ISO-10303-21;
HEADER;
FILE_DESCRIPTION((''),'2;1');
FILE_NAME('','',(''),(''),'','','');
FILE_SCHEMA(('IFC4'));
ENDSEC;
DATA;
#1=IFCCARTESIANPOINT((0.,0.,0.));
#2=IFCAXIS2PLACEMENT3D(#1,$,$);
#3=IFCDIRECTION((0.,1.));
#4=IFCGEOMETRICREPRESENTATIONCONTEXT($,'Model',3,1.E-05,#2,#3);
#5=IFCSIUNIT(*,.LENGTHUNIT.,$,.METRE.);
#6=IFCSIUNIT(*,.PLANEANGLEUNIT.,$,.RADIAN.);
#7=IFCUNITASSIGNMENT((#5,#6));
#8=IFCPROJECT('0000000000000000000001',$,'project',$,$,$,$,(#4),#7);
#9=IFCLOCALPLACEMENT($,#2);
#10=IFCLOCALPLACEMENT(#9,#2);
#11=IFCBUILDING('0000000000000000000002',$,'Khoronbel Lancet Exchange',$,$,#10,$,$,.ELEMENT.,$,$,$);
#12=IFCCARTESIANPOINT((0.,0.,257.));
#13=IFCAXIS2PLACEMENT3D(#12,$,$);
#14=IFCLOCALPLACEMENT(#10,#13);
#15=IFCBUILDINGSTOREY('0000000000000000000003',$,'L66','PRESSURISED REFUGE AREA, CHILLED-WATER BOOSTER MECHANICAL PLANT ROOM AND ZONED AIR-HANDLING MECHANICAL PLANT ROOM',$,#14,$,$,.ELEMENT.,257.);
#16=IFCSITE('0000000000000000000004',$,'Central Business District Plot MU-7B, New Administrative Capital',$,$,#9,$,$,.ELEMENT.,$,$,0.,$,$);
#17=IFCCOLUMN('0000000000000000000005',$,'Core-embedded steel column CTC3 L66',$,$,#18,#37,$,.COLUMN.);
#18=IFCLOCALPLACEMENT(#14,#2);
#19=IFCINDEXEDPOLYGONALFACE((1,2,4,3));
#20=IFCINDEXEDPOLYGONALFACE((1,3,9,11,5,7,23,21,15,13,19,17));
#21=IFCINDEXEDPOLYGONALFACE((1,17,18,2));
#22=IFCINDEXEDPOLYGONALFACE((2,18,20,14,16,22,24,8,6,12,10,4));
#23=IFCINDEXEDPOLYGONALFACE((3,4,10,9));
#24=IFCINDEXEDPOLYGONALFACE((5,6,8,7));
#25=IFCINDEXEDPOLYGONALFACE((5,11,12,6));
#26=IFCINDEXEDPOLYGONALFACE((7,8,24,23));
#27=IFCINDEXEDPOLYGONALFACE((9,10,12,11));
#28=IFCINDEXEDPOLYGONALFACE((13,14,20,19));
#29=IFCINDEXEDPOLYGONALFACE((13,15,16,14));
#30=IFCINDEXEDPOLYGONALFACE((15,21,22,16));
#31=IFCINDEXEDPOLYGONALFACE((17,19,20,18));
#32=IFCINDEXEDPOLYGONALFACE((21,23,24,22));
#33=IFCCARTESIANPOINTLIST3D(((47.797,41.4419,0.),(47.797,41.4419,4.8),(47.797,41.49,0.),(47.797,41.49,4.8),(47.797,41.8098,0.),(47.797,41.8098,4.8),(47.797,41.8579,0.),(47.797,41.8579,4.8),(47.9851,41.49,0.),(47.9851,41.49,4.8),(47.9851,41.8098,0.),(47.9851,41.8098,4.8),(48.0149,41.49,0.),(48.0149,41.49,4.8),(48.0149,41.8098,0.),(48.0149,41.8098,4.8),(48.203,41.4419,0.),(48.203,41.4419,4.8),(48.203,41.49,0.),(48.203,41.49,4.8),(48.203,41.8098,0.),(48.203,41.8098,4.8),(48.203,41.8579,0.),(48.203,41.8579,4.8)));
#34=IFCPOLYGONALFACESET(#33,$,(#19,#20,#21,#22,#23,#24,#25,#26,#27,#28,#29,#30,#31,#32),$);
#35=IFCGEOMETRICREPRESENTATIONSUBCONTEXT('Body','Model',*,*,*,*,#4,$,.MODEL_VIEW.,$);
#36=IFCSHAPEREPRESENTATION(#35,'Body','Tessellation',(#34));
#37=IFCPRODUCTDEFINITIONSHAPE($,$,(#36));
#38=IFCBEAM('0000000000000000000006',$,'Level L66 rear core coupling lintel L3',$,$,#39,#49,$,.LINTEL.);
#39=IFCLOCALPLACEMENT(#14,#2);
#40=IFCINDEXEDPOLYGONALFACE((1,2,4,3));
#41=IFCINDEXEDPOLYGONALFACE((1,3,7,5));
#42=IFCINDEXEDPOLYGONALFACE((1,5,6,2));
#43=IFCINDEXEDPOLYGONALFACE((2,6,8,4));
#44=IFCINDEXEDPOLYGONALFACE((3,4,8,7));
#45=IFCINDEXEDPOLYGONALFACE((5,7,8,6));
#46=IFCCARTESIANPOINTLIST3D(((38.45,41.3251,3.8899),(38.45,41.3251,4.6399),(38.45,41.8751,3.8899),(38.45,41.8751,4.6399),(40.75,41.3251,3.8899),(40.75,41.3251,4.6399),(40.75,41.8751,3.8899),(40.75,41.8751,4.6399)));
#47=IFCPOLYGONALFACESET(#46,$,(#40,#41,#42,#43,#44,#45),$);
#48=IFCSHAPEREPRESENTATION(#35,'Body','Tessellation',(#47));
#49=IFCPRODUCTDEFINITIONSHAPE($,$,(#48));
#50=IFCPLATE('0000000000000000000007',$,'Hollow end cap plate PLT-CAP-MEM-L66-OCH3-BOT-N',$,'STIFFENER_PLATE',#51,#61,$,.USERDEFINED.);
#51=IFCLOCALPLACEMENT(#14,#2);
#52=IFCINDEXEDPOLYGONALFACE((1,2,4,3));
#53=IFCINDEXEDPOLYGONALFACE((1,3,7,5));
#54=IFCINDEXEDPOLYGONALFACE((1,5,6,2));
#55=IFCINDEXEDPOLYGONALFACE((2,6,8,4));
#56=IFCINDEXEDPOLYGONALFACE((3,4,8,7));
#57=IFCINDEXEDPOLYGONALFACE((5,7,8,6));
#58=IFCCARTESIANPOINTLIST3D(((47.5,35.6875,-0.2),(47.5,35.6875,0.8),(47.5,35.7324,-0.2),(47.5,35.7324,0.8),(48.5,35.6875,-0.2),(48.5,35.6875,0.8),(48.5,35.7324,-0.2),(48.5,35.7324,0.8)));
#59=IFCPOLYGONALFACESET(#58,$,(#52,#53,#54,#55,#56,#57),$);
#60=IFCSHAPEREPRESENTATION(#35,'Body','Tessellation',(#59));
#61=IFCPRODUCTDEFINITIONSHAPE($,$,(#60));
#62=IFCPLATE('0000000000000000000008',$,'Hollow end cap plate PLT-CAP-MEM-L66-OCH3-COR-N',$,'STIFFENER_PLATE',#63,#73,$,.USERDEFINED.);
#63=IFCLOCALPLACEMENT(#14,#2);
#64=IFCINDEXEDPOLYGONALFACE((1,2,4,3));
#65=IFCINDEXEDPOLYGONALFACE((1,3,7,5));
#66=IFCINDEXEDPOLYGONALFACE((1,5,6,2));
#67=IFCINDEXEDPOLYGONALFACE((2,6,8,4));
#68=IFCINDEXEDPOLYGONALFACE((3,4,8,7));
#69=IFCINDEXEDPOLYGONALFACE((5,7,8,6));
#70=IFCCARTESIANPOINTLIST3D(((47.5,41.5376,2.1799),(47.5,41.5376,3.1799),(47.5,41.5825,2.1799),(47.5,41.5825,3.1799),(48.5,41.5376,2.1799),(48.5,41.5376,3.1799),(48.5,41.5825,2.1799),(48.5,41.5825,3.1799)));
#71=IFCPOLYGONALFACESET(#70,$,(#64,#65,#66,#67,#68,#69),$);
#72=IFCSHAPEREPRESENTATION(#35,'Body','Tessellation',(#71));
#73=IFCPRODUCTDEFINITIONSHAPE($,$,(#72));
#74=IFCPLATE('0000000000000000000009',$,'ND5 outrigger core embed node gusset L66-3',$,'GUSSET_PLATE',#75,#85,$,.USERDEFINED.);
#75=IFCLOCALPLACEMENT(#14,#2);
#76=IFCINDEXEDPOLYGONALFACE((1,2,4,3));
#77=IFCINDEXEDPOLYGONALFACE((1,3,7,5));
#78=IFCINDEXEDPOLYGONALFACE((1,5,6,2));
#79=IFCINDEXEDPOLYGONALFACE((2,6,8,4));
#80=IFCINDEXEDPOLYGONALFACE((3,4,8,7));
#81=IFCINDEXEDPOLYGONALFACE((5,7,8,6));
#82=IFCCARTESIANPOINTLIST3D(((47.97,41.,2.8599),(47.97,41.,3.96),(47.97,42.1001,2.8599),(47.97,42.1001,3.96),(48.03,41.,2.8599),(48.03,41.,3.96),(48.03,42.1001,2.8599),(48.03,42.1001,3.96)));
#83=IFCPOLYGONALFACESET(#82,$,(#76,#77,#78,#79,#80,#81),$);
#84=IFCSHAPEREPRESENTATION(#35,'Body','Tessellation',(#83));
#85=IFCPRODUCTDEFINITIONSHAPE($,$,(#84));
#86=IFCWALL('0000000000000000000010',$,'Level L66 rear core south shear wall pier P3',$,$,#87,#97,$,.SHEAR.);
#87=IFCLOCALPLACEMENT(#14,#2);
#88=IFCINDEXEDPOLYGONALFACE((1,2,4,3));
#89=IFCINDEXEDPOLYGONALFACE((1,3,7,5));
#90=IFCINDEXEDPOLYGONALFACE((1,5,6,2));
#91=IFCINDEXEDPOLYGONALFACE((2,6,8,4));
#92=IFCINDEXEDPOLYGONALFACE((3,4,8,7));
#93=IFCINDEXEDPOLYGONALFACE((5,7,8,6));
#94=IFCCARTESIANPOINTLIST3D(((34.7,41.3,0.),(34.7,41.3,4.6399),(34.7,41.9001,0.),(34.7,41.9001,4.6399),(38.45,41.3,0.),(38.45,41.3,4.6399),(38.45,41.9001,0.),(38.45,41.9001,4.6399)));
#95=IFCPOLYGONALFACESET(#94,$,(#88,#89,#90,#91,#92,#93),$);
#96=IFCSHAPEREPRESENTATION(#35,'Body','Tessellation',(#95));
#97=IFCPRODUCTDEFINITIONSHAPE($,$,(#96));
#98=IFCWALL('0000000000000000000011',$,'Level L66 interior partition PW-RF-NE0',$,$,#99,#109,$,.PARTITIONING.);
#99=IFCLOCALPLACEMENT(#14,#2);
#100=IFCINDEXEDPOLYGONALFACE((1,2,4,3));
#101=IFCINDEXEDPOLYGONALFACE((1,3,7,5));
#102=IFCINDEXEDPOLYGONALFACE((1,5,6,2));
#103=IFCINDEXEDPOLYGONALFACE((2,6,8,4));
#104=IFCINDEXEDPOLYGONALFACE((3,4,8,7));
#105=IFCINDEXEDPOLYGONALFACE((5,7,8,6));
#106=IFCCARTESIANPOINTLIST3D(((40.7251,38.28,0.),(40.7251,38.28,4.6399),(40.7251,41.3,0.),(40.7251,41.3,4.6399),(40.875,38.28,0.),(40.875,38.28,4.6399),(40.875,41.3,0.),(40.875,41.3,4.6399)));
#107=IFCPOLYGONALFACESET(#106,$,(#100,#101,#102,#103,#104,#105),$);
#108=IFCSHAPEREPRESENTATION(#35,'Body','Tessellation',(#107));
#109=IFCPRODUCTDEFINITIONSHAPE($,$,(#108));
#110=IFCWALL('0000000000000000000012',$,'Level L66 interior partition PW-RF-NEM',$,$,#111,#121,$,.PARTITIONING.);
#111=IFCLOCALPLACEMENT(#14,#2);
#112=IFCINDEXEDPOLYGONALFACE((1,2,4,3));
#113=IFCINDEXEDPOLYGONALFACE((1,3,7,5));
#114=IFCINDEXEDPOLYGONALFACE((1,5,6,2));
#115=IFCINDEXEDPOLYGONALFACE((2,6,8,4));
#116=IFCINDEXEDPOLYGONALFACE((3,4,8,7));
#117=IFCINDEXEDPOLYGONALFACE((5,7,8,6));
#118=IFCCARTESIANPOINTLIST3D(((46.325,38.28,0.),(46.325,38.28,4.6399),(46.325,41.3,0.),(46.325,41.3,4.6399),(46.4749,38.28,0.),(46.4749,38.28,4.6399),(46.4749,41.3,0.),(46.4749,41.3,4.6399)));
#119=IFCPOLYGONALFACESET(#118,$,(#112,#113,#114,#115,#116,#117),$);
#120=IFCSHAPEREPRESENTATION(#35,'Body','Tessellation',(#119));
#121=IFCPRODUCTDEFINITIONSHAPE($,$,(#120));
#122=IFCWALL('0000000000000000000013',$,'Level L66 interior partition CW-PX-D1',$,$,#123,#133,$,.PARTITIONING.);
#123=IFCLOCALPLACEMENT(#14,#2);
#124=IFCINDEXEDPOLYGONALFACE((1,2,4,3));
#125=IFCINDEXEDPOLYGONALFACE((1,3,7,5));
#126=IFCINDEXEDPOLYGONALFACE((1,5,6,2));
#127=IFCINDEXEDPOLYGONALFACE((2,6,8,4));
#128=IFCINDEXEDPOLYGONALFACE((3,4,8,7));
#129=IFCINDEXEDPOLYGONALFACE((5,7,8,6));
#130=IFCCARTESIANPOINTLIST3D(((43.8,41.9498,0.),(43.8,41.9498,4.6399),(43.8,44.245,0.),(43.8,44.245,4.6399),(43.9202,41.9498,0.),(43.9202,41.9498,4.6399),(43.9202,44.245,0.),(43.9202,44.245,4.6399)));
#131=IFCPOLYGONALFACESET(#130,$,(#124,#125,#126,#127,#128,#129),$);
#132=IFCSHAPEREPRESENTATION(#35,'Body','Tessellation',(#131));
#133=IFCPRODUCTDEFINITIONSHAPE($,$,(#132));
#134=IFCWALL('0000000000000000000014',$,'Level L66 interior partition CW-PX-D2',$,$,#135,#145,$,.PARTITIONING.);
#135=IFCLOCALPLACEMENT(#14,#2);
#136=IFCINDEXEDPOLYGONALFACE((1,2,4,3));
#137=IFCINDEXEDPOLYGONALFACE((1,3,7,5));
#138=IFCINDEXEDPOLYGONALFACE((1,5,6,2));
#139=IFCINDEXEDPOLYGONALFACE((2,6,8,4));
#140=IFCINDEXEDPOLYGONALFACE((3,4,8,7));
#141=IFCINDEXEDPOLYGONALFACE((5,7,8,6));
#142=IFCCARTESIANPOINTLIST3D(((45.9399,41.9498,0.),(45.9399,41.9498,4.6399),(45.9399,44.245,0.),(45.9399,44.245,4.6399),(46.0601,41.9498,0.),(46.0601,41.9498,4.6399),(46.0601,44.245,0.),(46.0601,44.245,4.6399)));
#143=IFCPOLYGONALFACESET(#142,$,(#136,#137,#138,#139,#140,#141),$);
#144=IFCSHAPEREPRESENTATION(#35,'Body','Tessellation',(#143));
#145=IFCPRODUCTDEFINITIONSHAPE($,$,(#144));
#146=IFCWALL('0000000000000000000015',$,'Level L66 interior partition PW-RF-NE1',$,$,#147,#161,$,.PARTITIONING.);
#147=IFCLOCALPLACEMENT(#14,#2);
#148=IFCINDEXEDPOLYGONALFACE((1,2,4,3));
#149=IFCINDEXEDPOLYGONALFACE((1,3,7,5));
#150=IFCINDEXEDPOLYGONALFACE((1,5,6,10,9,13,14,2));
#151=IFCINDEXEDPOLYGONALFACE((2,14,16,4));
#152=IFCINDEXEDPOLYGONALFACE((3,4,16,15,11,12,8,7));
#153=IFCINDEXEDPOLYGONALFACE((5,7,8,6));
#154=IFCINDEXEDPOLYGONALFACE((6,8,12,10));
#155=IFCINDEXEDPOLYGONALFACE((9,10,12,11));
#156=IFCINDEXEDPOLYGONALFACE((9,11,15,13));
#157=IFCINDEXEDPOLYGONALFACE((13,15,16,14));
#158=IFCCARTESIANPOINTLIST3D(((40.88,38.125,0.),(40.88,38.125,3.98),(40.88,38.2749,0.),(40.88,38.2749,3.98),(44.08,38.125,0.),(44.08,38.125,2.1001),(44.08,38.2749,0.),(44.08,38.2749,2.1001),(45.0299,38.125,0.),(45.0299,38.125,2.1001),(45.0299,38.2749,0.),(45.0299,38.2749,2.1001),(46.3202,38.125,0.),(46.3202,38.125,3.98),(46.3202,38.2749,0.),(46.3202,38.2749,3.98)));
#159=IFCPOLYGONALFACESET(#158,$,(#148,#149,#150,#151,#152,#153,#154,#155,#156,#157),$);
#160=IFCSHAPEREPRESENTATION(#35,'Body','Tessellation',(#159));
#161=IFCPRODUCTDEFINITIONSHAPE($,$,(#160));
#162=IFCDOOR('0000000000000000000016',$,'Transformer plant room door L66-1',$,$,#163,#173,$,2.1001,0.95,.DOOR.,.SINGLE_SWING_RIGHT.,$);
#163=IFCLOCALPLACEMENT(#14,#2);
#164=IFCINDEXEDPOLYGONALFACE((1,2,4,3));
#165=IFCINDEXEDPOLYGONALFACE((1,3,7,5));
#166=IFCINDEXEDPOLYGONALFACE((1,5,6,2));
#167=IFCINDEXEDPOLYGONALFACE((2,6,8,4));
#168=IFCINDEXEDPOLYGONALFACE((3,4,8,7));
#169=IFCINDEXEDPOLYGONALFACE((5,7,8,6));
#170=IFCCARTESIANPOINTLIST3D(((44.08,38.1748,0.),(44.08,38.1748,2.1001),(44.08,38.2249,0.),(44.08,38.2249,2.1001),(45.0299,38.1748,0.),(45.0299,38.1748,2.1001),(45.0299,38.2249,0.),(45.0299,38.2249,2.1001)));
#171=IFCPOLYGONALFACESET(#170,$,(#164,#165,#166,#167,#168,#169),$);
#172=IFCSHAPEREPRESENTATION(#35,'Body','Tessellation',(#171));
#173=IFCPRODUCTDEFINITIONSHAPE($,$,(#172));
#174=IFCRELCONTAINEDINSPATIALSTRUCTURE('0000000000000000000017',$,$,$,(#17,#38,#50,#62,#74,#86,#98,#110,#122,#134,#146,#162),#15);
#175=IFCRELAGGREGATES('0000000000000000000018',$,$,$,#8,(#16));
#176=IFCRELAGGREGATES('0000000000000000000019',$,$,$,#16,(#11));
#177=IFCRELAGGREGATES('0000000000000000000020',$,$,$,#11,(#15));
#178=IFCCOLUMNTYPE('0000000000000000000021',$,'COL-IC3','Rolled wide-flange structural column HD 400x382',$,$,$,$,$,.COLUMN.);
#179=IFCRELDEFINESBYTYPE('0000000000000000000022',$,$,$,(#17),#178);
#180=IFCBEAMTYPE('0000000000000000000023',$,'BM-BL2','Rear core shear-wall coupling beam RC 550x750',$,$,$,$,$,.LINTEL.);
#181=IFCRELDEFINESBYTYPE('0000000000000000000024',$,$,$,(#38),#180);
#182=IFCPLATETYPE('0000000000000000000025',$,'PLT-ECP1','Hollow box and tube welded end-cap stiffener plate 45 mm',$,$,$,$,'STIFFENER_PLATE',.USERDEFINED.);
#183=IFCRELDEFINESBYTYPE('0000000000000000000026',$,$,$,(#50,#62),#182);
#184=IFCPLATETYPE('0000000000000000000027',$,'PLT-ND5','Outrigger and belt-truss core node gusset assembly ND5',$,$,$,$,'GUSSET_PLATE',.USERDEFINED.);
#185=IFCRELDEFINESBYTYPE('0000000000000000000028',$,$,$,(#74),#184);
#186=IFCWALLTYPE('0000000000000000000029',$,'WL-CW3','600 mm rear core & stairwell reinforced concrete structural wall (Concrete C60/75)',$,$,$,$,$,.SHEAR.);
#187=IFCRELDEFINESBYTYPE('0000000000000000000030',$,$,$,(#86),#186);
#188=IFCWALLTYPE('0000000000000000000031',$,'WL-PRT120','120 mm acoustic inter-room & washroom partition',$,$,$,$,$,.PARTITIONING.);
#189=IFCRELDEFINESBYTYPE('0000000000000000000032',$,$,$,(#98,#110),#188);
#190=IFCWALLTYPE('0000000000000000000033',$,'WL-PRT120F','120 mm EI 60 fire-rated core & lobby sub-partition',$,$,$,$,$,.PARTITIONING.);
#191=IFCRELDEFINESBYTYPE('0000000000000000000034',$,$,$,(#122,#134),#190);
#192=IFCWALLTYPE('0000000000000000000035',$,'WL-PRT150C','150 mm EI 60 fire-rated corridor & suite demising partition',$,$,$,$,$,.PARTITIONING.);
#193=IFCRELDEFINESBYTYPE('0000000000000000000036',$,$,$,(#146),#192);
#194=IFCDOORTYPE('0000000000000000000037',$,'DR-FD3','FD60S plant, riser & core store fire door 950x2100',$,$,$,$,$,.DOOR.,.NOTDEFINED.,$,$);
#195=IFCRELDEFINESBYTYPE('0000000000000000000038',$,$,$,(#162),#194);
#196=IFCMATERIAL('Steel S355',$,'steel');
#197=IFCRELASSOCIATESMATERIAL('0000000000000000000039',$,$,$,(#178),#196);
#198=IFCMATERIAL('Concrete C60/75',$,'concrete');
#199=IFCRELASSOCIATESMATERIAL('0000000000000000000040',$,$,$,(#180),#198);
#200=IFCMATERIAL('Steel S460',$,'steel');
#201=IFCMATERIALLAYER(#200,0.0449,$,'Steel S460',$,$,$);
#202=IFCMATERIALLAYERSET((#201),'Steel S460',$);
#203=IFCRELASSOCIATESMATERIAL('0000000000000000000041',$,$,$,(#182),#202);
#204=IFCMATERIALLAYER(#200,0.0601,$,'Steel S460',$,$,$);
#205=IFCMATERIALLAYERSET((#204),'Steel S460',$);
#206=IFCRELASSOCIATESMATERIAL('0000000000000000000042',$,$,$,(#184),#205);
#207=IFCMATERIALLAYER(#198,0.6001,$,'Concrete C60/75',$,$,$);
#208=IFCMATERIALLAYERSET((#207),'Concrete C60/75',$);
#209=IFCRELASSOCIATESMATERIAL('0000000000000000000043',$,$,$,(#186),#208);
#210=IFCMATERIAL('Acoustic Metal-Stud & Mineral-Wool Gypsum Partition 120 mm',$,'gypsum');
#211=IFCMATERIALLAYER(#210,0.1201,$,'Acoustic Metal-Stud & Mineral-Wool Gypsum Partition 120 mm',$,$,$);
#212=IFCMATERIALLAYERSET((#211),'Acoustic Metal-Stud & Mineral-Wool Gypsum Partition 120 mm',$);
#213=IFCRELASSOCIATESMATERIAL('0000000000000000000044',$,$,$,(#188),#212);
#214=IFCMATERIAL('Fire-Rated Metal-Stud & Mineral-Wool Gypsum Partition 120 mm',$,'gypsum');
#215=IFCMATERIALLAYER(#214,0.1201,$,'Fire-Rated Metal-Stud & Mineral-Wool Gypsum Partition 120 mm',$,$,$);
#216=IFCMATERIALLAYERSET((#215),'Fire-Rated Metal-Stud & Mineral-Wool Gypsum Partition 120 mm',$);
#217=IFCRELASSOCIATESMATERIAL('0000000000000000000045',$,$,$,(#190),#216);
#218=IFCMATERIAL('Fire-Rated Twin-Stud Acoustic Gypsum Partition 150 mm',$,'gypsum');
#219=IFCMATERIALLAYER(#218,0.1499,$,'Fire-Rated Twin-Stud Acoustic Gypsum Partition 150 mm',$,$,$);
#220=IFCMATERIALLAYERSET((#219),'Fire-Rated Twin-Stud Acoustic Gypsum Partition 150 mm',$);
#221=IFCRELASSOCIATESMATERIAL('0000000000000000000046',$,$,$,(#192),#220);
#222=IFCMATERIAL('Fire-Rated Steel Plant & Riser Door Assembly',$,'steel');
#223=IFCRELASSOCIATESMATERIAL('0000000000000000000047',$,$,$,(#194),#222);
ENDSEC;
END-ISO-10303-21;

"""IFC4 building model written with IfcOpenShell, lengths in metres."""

from ifc_helpers import new_model, si_unit, direction, frame, frame_2d, origin, origin_2d, place, context, subcontext, project, spatial, rectangle, i_section, extrude, material, layer, layer_set, material_profile, profile_set, type_object, element, fill, save


model = new_model("IFC4")

# Units and contexts
model_context = context("Model", 3, precision=1e-05, world=origin(), true_north=direction((0.0, 1.0)))
body_context = subcontext(model_context, "Body", "Model", "MODEL_VIEW")
ifc_project = project(units=[si_unit("LENGTHUNIT", "METRE"), si_unit("PLANEANGLEUNIT", "RADIAN")], contexts=[model_context])

# Site, building, storey
site_placement = place(None, origin())
site = spatial("IfcSite", under=ifc_project, at=site_placement, Name="Central Business District Plot MU-7B, New Administrative Capital", CompositionType="ELEMENT", RefElevation=0.0)
building_placement = place(site_placement, origin())
building = spatial("IfcBuilding", under=site, at=building_placement, Name="Khoronbel Lancet Exchange", CompositionType="ELEMENT")
storey_placement = place(building_placement, frame((0.0, 0.0, 257.0)))
storey = spatial("IfcBuildingStorey", under=building, at=storey_placement, Name="L66", Description="PRESSURISED REFUGE AREA, CHILLED-WATER BOOSTER MECHANICAL PLANT ROOM AND ZONED AIR-HANDLING MECHANICAL PLANT ROOM", CompositionType="ELEMENT", Elevation=257.0)

# Column
ifc_material_1 = material(Name="Steel S355", Category="steel")
ifc_material_profile_1 = material_profile(ifc_material_1, i_section(OverallWidth=0.406, OverallDepth=0.416, WebThickness=0.0298, FlangeThickness=0.0481, at=origin_2d()), Name="HD 400x382")
ifc_profile_set_1 = profile_set([ifc_material_profile_1], Name="Steel S355")
column_type = type_object("IfcColumnType", Name="COL-IC3", Description="Rolled wide-flange structural column HD 400x382", PredefinedType="COLUMN", material=ifc_profile_set_1)
column_placement = place(storey_placement, frame((48.0, 41.6499, 0.0), z_axis=(0.0, 0.0, 1.0), x_axis=(1.0, 0.0, 0.0)))
element("IfcColumn", 1, at=column_placement, inside=storey, type_object=column_type, Name="Core-embedded steel column CTC3 L66", PredefinedType="COLUMN", context=body_context, shape_type="SweptSolid", body=[
    extrude(i_section(OverallWidth=0.406, OverallDepth=0.416, WebThickness=0.0298, FlangeThickness=0.0481, at=origin_2d()), origin(), (0.0, 0.0, 1.0), 4.8),
])

# Beam
ifc_material_2 = material(Name="Concrete C60/75", Category="concrete")
ifc_material_profile_2 = material_profile(ifc_material_2, rectangle(XDim=0.55, YDim=0.75, at=origin_2d()), Name="RC 550x750")
ifc_profile_set_2 = profile_set([ifc_material_profile_2], Name="Concrete C60/75")
beam_type = type_object("IfcBeamType", Name="BM-BL2", Description="Rear core shear-wall coupling beam RC 550x750", PredefinedType="LINTEL", material=ifc_profile_set_2)
beam_placement = place(storey_placement, frame((38.45, 41.6001, 4.2649), z_axis=(1.0, 0.0, 0.0), x_axis=(0.0, 1.0, 0.0)))
element("IfcBeam", 2, at=beam_placement, inside=storey, type_object=beam_type, Name="Level L66 rear core coupling lintel L3", PredefinedType="LINTEL", context=body_context, shape_type="SweptSolid", body=[
    extrude(rectangle(XDim=0.55, YDim=0.75, at=origin_2d()), origin(), (0.0, 0.0, 1.0), 2.3),
])

# Plates
ifc_material_3 = material(Name="Steel S460", Category="steel")
ifc_layer_1 = layer(ifc_material_3, 0.0449, Name="Steel S460")
ifc_layer_set_1 = layer_set([ifc_layer_1], Name="Steel S460")
plate_type_1 = type_object("IfcPlateType", Name="PLT-ECP1", Description="Hollow box and tube welded end-cap stiffener plate 45 mm", ElementType="STIFFENER_PLATE", PredefinedType="USERDEFINED", material=ifc_layer_set_1)
for number, where, z_axis, x_axis, name in (
    (3, (48.0, 35.71, -0.2), (0.0, 0.0, 1.0), (0.0, 1.0, 0.0), "Hollow end cap plate PLT-CAP-MEM-L66-OCH3-BOT-N"),
    (4, (48.0, 41.5601, 2.1799), (0.0, 0.0, 1.0), (0.0, 1.0, 0.0), "Hollow end cap plate PLT-CAP-MEM-L66-OCH3-COR-N"),
):
    element("IfcPlate", number, at=place(storey_placement, frame(where, z_axis=z_axis, x_axis=x_axis)), inside=storey, type_object=plate_type_1, Name=name, ObjectType="STIFFENER_PLATE", PredefinedType="USERDEFINED", context=body_context, shape_type="SweptSolid", body=[
        extrude(rectangle(XDim=0.0449, YDim=1.0, at=origin_2d()), origin(), (0.0, 0.0, 1.0), 1.0),
    ])
ifc_layer_2 = layer(ifc_material_3, 0.0601, Name="Steel S460")
ifc_layer_set_2 = layer_set([ifc_layer_2], Name="Steel S460")
plate_type_2 = type_object("IfcPlateType", Name="PLT-ND5", Description="Outrigger and belt-truss core node gusset assembly ND5", ElementType="GUSSET_PLATE", PredefinedType="USERDEFINED", material=ifc_layer_set_2)
plate_placement = place(storey_placement, frame((48.0, 41.55, 2.8599), z_axis=(0.0, 0.0, 1.0), x_axis=(1.0, 0.0, 0.0)))
element("IfcPlate", 5, at=plate_placement, inside=storey, type_object=plate_type_2, Name="ND5 outrigger core embed node gusset L66-3", ObjectType="GUSSET_PLATE", PredefinedType="USERDEFINED", context=body_context, shape_type="SweptSolid", body=[
    extrude(rectangle(XDim=0.0601, YDim=1.1001, at=origin_2d()), origin(), (0.0, 0.0, 1.0), 1.1001),
])

# Walls
ifc_layer_3 = layer(ifc_material_2, 0.6001, Name="Concrete C60/75")
ifc_layer_set_3 = layer_set([ifc_layer_3], Name="Concrete C60/75")
wall_type_1 = type_object("IfcWallType", Name="WL-CW3", Description="600 mm rear core & stairwell reinforced concrete structural wall (Concrete C60/75)", PredefinedType="SHEAR", material=ifc_layer_set_3)
wall_1_placement = place(storey_placement, frame((38.45, 41.6001, 0.0), z_axis=(0.0, 0.0, 1.0), x_axis=(-1.0, 0.0, 0.0)))
element("IfcWall", 6, at=wall_1_placement, inside=storey, type_object=wall_type_1, Name="Level L66 rear core south shear wall pier P3", PredefinedType="SHEAR", context=body_context, shape_type="SweptSolid", body=[
    extrude(rectangle(XDim=3.75, YDim=0.6001, at=frame_2d((1.875, 0.0))), origin(), (0.0, 0.0, 1.0), 4.6399),
])
ifc_material_4 = material(Name="Acoustic Metal-Stud & Mineral-Wool Gypsum Partition 120 mm", Category="gypsum")
ifc_layer_4 = layer(ifc_material_4, 0.1201, Name="Acoustic Metal-Stud & Mineral-Wool Gypsum Partition 120 mm")
ifc_layer_set_4 = layer_set([ifc_layer_4], Name="Acoustic Metal-Stud & Mineral-Wool Gypsum Partition 120 mm")
wall_type_2 = type_object("IfcWallType", Name="WL-PRT120", Description="120 mm acoustic inter-room & washroom partition", PredefinedType="PARTITIONING", material=ifc_layer_set_4)
for number, where, z_axis, x_axis, name in (
    (7, (40.8, 38.28, 0.0), (0.0, 0.0, 1.0), (0.0, 1.0, 0.0), "Level L66 interior partition PW-RF-NE0"),
    (8, (46.3999, 38.28, 0.0), (0.0, 0.0, 1.0), (0.0, 1.0, 0.0), "Level L66 interior partition PW-RF-NEM"),
):
    element("IfcWall", number, at=place(storey_placement, frame(where, z_axis=z_axis, x_axis=x_axis)), inside=storey, type_object=wall_type_2, Name=name, PredefinedType="PARTITIONING", context=body_context, shape_type="SweptSolid", body=[
        extrude(rectangle(XDim=3.02, YDim=0.1499, at=frame_2d((1.51, 0.0))), origin(), (0.0, 0.0, 1.0), 4.6399),
    ])
ifc_material_5 = material(Name="Fire-Rated Metal-Stud & Mineral-Wool Gypsum Partition 120 mm", Category="gypsum")
ifc_layer_5 = layer(ifc_material_5, 0.1201, Name="Fire-Rated Metal-Stud & Mineral-Wool Gypsum Partition 120 mm")
ifc_layer_set_5 = layer_set([ifc_layer_5], Name="Fire-Rated Metal-Stud & Mineral-Wool Gypsum Partition 120 mm")
wall_type_3 = type_object("IfcWallType", Name="WL-PRT120F", Description="120 mm EI 60 fire-rated core & lobby sub-partition", PredefinedType="PARTITIONING", material=ifc_layer_set_5)
for number, where, z_axis, x_axis, name in (
    (9, (43.8601, 41.95, 0.0), (0.0, 0.0, 1.0), (0.0, 1.0, 0.0), "Level L66 interior partition CW-PX-D1"),
    (10, (46.0, 41.95, 0.0), (0.0, 0.0, 1.0), (0.0, 1.0, 0.0), "Level L66 interior partition CW-PX-D2"),
):
    element("IfcWall", number, at=place(storey_placement, frame(where, z_axis=z_axis, x_axis=x_axis)), inside=storey, type_object=wall_type_3, Name=name, PredefinedType="PARTITIONING", context=body_context, shape_type="SweptSolid", body=[
        extrude(rectangle(XDim=2.2952, YDim=0.1201, at=frame_2d((1.1475, 0.0))), origin(), (0.0, 0.0, 1.0), 4.6399),
    ])

# Wall, opening, door
ifc_material_6 = material(Name="Fire-Rated Twin-Stud Acoustic Gypsum Partition 150 mm", Category="gypsum")
ifc_layer_6 = layer(ifc_material_6, 0.1499, Name="Fire-Rated Twin-Stud Acoustic Gypsum Partition 150 mm")
ifc_layer_set_6 = layer_set([ifc_layer_6], Name="Fire-Rated Twin-Stud Acoustic Gypsum Partition 150 mm")
wall_type_4 = type_object("IfcWallType", Name="WL-PRT150C", Description="150 mm EI 60 fire-rated corridor & suite demising partition", PredefinedType="PARTITIONING", material=ifc_layer_set_6)
wall_2_placement = place(storey_placement, frame((40.8799, 38.2, 0.0), z_axis=(0.0, 0.0, 1.0), x_axis=(1.0, 0.0, 0.0)))
wall_2 = element("IfcWall", 11, at=wall_2_placement, inside=storey, type_object=wall_type_4, Name="Level L66 interior partition PW-RF-NE1", PredefinedType="PARTITIONING", context=body_context, shape_type="SweptSolid", body=[
    extrude(rectangle(XDim=5.4402, YDim=0.1499, at=frame_2d((2.7202, 0.0))), origin(), (0.0, 0.0, 1.0), 3.98),
])
opening_1_placement = place(wall_2_placement, frame((3.2, 0.0, 0.0)))
opening_1 = element("IfcOpeningElement", 12, at=opening_1_placement, cuts=wall_2, PredefinedType="OPENING", context=body_context, shape_type="SweptSolid", body=[
    extrude(rectangle(XDim=0.95, YDim=2.1001, at=frame_2d((0.4751, 1.05))), frame((0.0, 0.085, 0.0), z_axis=(0.0, -1.0, 0.0), x_axis=(1.0, 0.0, 0.0)), (0.0, 0.0, 1.0), 0.1699),
])
ifc_material_7 = material(Name="Fire-Rated Steel Plant & Riser Door Assembly", Category="steel")
door_type = type_object("IfcDoorType", Name="DR-FD3", Description="FD60S plant, riser & core store fire door 950x2100", OperationType="NOTDEFINED", PredefinedType="DOOR", material=ifc_material_7)
door_1_placement = place(opening_1_placement, origin())
door_1 = element("IfcDoor", 13, at=door_1_placement, inside=storey, type_object=door_type, Name="Transformer plant room door L66-1", OperationType="SINGLE_SWING_RIGHT", OverallHeight=2.1001, OverallWidth=0.95, PredefinedType="DOOR", context=body_context, shape_type="SweptSolid", body=[
    extrude(rectangle(XDim=0.95, YDim=2.1001, at=frame_2d((0.4751, 1.05))), frame((0.0, 0.0249, 0.0), z_axis=(0.0, -1.0, 0.0), x_axis=(1.0, 0.0, 0.0)), (0.0, 0.0, 1.0), 0.05),
])
fill(opening_1, door_1)

save(model, "model.ifc")
